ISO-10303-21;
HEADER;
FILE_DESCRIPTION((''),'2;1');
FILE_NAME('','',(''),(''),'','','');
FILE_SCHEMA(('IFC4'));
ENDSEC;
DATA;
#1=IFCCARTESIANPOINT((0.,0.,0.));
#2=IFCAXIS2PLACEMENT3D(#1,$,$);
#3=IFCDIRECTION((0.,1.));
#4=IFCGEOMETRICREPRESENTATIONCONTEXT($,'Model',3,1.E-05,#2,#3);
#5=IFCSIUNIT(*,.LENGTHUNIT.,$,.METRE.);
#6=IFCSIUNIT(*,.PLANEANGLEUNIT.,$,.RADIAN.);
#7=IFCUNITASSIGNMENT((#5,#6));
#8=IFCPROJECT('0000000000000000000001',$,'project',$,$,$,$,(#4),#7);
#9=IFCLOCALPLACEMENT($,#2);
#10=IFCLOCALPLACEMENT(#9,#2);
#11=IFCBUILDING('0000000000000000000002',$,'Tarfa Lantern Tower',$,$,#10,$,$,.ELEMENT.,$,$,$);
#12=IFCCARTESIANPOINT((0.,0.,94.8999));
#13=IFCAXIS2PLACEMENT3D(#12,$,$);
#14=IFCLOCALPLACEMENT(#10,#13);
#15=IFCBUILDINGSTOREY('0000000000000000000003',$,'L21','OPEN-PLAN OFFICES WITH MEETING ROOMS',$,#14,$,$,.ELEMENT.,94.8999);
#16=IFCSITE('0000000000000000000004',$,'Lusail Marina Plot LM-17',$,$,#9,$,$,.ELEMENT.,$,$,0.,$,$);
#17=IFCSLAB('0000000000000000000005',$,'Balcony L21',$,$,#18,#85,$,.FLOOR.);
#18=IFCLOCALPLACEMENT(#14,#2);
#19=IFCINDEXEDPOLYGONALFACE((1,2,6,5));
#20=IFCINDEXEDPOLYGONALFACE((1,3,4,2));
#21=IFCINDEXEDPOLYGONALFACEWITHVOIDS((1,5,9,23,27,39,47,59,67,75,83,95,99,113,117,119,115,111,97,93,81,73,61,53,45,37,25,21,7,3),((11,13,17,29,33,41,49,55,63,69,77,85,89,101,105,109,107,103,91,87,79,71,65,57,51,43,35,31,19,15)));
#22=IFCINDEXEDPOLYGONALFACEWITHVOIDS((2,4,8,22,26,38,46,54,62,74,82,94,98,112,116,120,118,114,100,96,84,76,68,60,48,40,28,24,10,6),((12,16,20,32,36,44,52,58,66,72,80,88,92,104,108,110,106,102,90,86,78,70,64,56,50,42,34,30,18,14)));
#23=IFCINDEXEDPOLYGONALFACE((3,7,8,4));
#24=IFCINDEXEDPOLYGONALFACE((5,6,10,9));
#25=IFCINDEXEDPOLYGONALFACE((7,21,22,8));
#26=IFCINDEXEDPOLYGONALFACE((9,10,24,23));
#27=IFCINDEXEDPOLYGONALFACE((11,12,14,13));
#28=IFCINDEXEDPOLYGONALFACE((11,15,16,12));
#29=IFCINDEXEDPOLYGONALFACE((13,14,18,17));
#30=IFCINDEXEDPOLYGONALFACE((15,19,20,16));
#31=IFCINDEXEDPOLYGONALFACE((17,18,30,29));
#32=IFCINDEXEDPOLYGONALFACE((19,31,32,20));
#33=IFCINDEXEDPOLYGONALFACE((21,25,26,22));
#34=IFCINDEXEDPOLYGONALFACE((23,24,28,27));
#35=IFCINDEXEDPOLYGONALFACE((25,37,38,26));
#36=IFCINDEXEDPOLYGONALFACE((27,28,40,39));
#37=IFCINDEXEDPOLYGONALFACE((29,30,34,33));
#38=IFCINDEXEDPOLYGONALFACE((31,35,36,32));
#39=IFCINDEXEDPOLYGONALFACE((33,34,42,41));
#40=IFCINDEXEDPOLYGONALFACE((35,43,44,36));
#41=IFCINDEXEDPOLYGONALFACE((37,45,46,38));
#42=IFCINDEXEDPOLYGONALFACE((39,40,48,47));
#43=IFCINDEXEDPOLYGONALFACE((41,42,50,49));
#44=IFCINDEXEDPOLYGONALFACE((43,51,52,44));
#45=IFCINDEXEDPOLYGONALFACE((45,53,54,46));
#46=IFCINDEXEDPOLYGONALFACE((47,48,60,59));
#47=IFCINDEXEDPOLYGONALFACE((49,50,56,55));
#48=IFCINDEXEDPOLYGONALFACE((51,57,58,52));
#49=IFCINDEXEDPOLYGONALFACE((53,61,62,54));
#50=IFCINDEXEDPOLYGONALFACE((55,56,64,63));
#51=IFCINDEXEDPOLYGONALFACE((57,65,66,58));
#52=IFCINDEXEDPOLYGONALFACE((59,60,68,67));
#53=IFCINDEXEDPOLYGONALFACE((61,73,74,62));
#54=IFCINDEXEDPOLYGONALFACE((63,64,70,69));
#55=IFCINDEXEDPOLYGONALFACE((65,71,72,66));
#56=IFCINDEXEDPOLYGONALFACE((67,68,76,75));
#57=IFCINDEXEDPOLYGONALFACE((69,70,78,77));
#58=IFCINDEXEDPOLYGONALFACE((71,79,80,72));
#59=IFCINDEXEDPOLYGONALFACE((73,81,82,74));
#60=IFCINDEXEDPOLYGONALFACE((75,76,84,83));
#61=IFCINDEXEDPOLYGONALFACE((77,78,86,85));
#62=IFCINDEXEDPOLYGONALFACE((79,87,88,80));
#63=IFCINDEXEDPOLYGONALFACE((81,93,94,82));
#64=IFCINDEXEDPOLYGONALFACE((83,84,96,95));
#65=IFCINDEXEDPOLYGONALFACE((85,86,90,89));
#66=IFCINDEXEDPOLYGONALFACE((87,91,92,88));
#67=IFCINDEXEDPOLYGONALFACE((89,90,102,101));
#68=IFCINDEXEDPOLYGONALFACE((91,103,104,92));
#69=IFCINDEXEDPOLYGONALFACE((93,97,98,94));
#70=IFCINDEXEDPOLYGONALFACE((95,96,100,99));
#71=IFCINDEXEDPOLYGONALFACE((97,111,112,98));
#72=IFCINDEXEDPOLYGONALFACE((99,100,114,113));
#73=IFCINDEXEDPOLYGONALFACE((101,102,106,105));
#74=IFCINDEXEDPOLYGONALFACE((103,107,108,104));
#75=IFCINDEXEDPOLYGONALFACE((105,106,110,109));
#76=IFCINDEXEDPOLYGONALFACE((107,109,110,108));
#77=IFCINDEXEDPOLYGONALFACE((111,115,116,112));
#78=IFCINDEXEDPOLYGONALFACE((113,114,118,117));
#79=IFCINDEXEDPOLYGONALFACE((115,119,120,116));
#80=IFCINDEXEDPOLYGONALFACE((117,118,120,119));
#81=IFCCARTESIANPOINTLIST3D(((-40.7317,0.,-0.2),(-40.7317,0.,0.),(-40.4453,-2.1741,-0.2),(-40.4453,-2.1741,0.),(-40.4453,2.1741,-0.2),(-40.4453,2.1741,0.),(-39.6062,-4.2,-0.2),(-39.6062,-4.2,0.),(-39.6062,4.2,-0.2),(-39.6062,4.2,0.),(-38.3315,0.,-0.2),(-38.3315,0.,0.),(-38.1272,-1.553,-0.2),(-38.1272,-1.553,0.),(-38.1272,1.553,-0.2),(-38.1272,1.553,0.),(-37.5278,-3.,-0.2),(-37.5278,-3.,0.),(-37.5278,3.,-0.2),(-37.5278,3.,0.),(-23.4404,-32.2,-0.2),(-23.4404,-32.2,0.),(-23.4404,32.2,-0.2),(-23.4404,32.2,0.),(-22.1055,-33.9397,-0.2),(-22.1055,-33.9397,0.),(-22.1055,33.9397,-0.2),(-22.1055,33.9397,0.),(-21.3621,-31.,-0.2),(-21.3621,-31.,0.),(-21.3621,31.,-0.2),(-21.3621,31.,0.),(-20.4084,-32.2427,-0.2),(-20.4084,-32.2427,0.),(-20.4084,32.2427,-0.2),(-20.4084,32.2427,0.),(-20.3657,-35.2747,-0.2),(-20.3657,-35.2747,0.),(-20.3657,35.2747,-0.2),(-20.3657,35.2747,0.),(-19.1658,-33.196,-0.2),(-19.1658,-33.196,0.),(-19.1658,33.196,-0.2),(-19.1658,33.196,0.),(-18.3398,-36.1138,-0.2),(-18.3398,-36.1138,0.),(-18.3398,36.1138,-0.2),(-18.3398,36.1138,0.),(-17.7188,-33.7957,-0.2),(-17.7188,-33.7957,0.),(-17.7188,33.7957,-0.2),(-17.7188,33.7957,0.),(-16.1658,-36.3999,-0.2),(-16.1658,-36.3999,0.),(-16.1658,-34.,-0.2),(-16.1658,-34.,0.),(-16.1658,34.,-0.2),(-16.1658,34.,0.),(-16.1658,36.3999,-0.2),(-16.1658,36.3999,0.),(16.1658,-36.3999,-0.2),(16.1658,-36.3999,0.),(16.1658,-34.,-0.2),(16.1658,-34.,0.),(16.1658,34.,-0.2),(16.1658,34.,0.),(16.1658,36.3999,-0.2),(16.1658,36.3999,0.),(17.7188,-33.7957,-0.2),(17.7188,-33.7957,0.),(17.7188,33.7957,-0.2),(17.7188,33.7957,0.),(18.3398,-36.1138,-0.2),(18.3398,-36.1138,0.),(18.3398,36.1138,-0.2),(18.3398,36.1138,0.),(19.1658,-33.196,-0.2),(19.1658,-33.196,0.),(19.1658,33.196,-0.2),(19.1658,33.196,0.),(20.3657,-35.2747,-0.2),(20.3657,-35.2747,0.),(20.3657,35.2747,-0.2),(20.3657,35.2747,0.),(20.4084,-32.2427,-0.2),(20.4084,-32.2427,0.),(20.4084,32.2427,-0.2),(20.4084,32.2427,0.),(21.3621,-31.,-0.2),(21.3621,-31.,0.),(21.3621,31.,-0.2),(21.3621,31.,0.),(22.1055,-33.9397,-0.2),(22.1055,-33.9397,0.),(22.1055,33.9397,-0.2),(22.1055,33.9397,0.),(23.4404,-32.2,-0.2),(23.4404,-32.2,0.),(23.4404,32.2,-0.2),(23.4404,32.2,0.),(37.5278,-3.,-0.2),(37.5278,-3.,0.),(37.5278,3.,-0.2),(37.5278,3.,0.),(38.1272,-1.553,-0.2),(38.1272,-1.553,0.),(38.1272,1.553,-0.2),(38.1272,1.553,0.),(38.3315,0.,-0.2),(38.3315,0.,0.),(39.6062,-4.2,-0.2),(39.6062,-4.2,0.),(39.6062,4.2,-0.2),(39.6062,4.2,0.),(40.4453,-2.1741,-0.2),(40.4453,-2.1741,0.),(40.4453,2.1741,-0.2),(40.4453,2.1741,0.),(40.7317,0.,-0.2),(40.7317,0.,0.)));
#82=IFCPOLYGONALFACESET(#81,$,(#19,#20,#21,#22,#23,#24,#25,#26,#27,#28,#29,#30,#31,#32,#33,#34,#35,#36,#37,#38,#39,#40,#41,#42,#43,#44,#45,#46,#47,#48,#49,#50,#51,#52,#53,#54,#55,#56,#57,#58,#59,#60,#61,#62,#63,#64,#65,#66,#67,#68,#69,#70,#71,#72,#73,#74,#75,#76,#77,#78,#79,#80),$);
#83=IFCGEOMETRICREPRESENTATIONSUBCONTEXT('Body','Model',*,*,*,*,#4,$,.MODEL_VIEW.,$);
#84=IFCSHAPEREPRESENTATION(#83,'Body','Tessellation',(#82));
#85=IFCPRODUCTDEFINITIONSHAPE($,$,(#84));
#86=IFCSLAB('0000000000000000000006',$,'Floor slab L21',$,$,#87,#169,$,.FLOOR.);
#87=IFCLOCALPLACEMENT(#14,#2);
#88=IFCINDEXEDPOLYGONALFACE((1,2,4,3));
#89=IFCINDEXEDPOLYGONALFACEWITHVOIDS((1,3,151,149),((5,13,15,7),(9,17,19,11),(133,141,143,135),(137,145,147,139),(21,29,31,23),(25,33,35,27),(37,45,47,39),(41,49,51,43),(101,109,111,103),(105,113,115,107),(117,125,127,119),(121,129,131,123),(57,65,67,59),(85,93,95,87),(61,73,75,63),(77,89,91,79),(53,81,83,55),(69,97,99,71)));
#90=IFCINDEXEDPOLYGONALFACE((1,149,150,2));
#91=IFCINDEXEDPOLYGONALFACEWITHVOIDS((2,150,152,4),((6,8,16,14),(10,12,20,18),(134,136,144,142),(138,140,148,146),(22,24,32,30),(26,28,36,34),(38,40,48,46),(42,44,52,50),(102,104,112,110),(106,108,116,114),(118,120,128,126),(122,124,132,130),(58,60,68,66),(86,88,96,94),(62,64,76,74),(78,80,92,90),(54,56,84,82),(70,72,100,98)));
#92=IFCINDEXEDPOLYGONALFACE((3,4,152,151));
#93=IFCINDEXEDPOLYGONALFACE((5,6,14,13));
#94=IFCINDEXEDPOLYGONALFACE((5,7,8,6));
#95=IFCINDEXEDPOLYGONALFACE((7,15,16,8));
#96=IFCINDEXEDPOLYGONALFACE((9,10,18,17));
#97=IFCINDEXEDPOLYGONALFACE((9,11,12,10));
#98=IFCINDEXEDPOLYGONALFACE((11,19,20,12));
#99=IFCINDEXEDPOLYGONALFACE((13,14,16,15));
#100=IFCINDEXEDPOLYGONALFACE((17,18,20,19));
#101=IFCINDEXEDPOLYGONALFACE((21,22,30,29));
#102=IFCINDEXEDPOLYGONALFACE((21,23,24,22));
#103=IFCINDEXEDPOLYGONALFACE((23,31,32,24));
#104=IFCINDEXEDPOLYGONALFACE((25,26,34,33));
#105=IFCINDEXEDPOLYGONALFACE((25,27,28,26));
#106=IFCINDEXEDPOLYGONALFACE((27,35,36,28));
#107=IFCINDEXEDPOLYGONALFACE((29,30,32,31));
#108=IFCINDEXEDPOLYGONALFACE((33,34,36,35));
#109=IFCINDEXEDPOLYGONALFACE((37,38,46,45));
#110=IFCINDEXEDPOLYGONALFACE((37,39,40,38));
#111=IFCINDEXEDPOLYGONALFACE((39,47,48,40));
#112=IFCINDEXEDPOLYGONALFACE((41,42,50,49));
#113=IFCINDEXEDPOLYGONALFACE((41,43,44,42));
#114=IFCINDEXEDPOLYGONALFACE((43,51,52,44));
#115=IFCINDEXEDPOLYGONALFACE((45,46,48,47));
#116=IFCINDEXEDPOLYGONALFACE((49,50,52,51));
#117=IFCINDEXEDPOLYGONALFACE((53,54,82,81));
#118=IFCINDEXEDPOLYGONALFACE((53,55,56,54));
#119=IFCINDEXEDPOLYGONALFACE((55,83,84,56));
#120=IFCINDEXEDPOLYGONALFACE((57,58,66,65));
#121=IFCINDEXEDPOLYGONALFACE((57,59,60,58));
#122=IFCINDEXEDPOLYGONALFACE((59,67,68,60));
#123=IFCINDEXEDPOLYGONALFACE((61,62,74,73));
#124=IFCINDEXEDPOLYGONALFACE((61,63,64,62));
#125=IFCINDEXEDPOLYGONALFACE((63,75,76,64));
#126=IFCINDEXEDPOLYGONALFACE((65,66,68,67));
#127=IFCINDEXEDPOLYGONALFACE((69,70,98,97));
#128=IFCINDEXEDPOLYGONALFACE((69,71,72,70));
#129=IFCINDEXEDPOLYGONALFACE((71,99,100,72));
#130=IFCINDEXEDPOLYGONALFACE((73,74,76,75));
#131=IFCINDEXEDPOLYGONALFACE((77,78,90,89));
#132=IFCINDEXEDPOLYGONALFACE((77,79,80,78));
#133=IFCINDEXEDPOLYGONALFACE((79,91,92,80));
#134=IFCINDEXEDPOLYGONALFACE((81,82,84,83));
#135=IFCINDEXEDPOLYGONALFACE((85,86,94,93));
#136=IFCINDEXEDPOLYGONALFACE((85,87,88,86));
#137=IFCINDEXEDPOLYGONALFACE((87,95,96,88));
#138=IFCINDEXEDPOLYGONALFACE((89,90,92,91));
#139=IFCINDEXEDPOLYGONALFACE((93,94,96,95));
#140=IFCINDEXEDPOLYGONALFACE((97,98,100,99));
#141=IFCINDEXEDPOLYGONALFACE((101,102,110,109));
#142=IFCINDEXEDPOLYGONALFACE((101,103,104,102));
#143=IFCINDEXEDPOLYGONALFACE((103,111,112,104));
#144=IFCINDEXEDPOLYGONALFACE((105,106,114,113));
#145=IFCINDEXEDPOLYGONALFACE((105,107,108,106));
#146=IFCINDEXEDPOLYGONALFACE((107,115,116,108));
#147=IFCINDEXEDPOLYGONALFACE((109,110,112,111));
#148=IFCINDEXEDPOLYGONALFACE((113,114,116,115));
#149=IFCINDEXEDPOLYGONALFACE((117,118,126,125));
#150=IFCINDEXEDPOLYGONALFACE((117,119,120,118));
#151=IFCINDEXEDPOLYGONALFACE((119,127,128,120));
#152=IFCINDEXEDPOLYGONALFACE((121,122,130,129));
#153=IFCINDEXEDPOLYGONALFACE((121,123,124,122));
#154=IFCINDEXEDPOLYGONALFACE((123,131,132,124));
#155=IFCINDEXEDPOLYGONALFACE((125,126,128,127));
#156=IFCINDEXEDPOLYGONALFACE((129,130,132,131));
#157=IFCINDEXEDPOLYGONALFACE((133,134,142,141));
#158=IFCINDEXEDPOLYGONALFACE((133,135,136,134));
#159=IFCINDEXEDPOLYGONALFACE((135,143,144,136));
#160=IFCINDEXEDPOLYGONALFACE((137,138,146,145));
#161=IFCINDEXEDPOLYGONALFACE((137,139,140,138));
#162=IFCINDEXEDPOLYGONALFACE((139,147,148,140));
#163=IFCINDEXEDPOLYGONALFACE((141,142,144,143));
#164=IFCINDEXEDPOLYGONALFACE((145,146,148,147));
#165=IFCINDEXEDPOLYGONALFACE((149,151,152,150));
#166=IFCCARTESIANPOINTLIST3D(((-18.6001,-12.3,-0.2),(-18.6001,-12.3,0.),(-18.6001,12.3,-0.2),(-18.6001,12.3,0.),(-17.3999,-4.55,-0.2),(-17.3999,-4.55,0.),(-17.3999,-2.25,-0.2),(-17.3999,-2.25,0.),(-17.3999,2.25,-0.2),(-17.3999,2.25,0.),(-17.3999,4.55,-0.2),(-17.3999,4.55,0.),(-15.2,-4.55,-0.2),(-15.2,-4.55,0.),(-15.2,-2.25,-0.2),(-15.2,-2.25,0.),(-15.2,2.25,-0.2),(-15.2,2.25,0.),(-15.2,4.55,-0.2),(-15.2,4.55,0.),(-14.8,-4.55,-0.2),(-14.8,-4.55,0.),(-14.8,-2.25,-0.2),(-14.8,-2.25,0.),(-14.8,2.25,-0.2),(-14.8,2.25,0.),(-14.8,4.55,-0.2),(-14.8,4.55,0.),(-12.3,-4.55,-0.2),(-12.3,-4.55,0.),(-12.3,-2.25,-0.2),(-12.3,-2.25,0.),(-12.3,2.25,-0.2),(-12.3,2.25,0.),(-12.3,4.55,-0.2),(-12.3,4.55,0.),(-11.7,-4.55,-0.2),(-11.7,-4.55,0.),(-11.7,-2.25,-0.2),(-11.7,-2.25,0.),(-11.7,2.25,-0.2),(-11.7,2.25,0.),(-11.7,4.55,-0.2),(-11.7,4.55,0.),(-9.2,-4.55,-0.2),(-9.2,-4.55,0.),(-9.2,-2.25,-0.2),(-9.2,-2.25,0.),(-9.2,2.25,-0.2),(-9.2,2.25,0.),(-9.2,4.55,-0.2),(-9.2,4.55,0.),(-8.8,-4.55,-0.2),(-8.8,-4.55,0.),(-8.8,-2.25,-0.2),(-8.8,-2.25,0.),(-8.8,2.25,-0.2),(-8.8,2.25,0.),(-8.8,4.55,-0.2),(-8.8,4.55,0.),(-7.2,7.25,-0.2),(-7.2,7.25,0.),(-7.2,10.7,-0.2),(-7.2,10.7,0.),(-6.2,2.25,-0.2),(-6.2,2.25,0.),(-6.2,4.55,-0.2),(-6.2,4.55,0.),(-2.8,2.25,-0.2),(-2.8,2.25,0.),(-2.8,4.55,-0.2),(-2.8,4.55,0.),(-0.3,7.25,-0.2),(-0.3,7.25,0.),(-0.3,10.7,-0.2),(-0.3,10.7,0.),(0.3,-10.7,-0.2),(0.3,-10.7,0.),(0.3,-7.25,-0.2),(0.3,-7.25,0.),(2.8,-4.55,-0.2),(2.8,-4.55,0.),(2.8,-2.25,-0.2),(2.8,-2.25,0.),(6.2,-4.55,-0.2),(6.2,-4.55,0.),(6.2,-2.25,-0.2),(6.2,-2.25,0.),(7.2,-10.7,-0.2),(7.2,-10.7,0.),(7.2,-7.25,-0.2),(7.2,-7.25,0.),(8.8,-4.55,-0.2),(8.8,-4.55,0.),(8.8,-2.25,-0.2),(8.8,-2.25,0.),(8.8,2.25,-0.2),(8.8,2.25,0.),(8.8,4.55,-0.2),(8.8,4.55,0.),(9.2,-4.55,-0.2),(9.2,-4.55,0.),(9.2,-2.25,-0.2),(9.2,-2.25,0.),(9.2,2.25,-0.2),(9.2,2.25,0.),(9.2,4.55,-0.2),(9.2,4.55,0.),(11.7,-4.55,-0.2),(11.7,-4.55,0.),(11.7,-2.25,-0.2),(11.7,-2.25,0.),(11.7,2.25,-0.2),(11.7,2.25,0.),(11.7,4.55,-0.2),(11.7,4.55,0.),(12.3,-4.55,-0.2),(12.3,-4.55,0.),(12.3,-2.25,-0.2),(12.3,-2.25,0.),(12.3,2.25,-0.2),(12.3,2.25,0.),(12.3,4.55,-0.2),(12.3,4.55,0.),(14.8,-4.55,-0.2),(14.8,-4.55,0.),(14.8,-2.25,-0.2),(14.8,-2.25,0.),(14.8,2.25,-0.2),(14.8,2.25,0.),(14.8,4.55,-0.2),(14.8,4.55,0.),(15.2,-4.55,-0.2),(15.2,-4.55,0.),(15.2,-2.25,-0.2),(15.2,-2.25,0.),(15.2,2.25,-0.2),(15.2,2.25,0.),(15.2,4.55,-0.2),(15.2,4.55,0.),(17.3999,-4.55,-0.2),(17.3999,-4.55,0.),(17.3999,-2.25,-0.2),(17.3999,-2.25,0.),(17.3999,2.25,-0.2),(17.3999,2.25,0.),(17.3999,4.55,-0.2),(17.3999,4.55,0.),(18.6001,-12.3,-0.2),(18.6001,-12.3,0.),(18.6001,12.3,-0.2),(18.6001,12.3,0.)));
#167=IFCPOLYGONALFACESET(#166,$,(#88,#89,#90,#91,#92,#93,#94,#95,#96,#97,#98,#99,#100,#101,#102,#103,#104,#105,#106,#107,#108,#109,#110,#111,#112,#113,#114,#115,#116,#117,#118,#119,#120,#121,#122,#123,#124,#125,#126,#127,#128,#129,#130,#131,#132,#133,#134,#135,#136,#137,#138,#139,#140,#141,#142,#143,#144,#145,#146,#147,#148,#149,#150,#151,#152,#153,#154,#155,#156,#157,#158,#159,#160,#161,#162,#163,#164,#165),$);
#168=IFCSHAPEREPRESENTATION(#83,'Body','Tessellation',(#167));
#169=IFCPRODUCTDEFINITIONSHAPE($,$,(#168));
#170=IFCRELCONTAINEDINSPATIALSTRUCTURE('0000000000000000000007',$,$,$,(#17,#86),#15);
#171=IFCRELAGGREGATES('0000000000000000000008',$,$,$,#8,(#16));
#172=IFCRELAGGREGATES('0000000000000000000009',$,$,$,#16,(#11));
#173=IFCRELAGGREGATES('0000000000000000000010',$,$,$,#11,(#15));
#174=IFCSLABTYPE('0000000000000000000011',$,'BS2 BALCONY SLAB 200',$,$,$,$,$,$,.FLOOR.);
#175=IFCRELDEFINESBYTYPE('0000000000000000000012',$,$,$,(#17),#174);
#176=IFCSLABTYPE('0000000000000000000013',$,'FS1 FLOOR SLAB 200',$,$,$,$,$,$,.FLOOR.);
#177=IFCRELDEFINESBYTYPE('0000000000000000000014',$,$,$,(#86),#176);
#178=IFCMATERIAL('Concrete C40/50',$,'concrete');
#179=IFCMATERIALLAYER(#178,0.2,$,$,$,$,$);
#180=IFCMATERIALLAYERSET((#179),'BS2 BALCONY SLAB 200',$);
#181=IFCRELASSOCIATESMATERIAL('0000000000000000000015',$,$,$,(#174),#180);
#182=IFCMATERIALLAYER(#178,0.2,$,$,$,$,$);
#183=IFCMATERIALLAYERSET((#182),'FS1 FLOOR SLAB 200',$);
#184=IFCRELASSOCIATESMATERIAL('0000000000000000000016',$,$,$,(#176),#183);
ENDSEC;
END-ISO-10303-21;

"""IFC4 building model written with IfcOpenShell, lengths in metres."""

from ifc_helpers import new_model, si_unit, direction, frame, origin, place, context, subcontext, project, spatial, polyline, outline, extrude, material, layer, layer_set, type_object, element, save


model = new_model("IFC4")

# Units and contexts
model_context = context("Model", 3, precision=1e-05, world=origin(), true_north=direction((0.0, 1.0)))
body_context = subcontext(model_context, "Body", "Model", "MODEL_VIEW")
ifc_project = project(units=[si_unit("LENGTHUNIT", "METRE"), si_unit("PLANEANGLEUNIT", "RADIAN")], contexts=[model_context])

# Site, building, storey
site_placement = place(None, origin())
site = spatial("IfcSite", under=ifc_project, at=site_placement, Name="Lusail Marina Plot LM-17", CompositionType="ELEMENT", RefElevation=0.0)
building_placement = place(site_placement, origin())
building = spatial("IfcBuilding", under=site, at=building_placement, Name="Tarfa Lantern Tower", CompositionType="ELEMENT")
storey_placement = place(building_placement, frame((0.0, 0.0, 94.8999)))
storey = spatial("IfcBuildingStorey", under=building, at=storey_placement, Name="L21", Description="OPEN-PLAN OFFICES WITH MEETING ROOMS", CompositionType="ELEMENT", Elevation=94.8999)

# Slabs
ifc_material_1 = material(Name="Concrete C40/50", Category="concrete")
ifc_layer_1 = layer(ifc_material_1, 0.2)
ifc_layer_set_1 = layer_set([ifc_layer_1], Name="BS2 BALCONY SLAB 200")
slab_type_1 = type_object("IfcSlabType", Name="BS2 BALCONY SLAB 200", PredefinedType="FLOOR", material=ifc_layer_set_1)
slab_1_placement = place(storey_placement, frame((0.0, 0.0, -0.2)))
element("IfcSlab", 1, at=slab_1_placement, inside=storey, type_object=slab_type_1, Name="Balcony L21", PredefinedType="FLOOR", context=body_context, shape_type="SweptSolid", body=[
    extrude(outline(polyline([(39.6062, 4.2), (23.4404, 32.2), (22.1055, 33.9397), (20.3657, 35.2747), (18.3398, 36.1138), (16.1658, 36.3999), (-16.1658, 36.3999), (-18.3398, 36.1138), (-20.3657, 35.2747), (-22.1055, 33.9397), (-23.4404, 32.2), (-39.6062, 4.2), (-40.4453, 2.1741), (-40.7317, 0.0), (-40.4453, -2.1741), (-39.6062, -4.2), (-23.4404, -32.2), (-22.1055, -33.9397), (-20.3657, -35.2747), (-18.3398, -36.1138), (-16.1658, -36.3999), (16.1658, -36.3999), (18.3398, -36.1138), (20.3657, -35.2747), (22.1055, -33.9397), (23.4404, -32.2), (39.6062, -4.2), (40.4453, -2.1741), (40.7317, 0.0), (40.4453, 2.1741), (39.6062, 4.2)]), holes=[polyline([(37.5278, 3.0), (21.3621, 31.0), (20.4084, 32.2427), (19.1658, 33.196), (17.7188, 33.7957), (16.1658, 34.0), (-16.1658, 34.0), (-17.7188, 33.7957), (-19.1658, 33.196), (-20.4084, 32.2427), (-21.3621, 31.0), (-37.5278, 3.0), (-38.1272, 1.553), (-38.3315, 0.0), (-38.1272, -1.553), (-37.5278, -3.0), (-21.3621, -31.0), (-20.4084, -32.2427), (-19.1658, -33.196), (-17.7188, -33.7957), (-16.1658, -34.0), (16.1658, -34.0), (17.7188, -33.7957), (19.1658, -33.196), (20.4084, -32.2427), (21.3621, -31.0), (37.5278, -3.0), (38.1272, -1.553), (38.3315, 0.0), (38.1272, 1.553), (37.5278, 3.0)])]), origin(), (0.0, 0.0, 1.0), 0.2),
])
ifc_layer_2 = layer(ifc_material_1, 0.2)
ifc_layer_set_2 = layer_set([ifc_layer_2], Name="FS1 FLOOR SLAB 200")
slab_type_2 = type_object("IfcSlabType", Name="FS1 FLOOR SLAB 200", PredefinedType="FLOOR", material=ifc_layer_set_2)
slab_2_placement = place(storey_placement, frame((0.0, 0.0, -0.2)))
element("IfcSlab", 2, at=slab_2_placement, inside=storey, type_object=slab_type_2, Name="Floor slab L21", PredefinedType="FLOOR", context=body_context, shape_type="SweptSolid", body=[
    extrude(outline(polyline([(-18.6001, -12.3), (18.6001, -12.3), (18.6001, 12.3), (-18.6001, 12.3), (-18.6001, -12.3)]), holes=[polyline([(-17.3999, 2.25), (-15.2, 2.25), (-15.2, 4.55), (-17.3999, 4.55), (-17.3999, 2.25)]), polyline([(-14.8, 2.25), (-12.3, 2.25), (-12.3, 4.55), (-14.8, 4.55), (-14.8, 2.25)]), polyline([(-11.7, 2.25), (-9.2, 2.25), (-9.2, 4.55), (-11.7, 4.55), (-11.7, 2.25)]), polyline([(-8.8, 2.25), (-6.2, 2.25), (-6.2, 4.55), (-8.8, 4.55), (-8.8, 2.25)]), polyline([(-2.8, 2.25), (8.8, 2.25), (8.8, 4.55), (-2.8, 4.55), (-2.8, 2.25)]), polyline([(9.2, 2.25), (11.7, 2.25), (11.7, 4.55), (9.2, 4.55), (9.2, 2.25)]), polyline([(12.3, 2.25), (14.8, 2.25), (14.8, 4.55), (12.3, 4.55), (12.3, 2.25)]), polyline([(15.2, 2.25), (17.3999, 2.25), (17.3999, 4.55), (15.2, 4.55), (15.2, 2.25)]), polyline([(17.3999, -2.25), (15.2, -2.25), (15.2, -4.55), (17.3999, -4.55), (17.3999, -2.25)]), polyline([(14.8, -2.25), (12.3, -2.25), (12.3, -4.55), (14.8, -4.55), (14.8, -2.25)]), polyline([(11.7, -2.25), (9.2, -2.25), (9.2, -4.55), (11.7, -4.55), (11.7, -2.25)]), polyline([(8.8, -2.25), (6.2, -2.25), (6.2, -4.55), (8.8, -4.55), (8.8, -2.25)]), polyline([(2.8, -2.25), (-8.8, -2.25), (-8.8, -4.55), (2.8, -4.55), (2.8, -2.25)]), polyline([(-9.2, -2.25), (-11.7, -2.25), (-11.7, -4.55), (-9.2, -4.55), (-9.2, -2.25)]), polyline([(-12.3, -2.25), (-14.8, -2.25), (-14.8, -4.55), (-12.3, -4.55), (-12.3, -2.25)]), polyline([(-15.2, -2.25), (-17.3999, -2.25), (-17.3999, -4.55), (-15.2, -4.55), (-15.2, -2.25)]), polyline([(-7.2, 7.25), (-0.3, 7.25), (-0.3, 10.7), (-7.2, 10.7), (-7.2, 7.25)]), polyline([(7.2, -7.25), (0.3, -7.25), (0.3, -10.7), (7.2, -10.7), (7.2, -7.25)])]), origin(), (0.0, 0.0, 1.0), 0.2),
])

save(model, "model.ifc")
